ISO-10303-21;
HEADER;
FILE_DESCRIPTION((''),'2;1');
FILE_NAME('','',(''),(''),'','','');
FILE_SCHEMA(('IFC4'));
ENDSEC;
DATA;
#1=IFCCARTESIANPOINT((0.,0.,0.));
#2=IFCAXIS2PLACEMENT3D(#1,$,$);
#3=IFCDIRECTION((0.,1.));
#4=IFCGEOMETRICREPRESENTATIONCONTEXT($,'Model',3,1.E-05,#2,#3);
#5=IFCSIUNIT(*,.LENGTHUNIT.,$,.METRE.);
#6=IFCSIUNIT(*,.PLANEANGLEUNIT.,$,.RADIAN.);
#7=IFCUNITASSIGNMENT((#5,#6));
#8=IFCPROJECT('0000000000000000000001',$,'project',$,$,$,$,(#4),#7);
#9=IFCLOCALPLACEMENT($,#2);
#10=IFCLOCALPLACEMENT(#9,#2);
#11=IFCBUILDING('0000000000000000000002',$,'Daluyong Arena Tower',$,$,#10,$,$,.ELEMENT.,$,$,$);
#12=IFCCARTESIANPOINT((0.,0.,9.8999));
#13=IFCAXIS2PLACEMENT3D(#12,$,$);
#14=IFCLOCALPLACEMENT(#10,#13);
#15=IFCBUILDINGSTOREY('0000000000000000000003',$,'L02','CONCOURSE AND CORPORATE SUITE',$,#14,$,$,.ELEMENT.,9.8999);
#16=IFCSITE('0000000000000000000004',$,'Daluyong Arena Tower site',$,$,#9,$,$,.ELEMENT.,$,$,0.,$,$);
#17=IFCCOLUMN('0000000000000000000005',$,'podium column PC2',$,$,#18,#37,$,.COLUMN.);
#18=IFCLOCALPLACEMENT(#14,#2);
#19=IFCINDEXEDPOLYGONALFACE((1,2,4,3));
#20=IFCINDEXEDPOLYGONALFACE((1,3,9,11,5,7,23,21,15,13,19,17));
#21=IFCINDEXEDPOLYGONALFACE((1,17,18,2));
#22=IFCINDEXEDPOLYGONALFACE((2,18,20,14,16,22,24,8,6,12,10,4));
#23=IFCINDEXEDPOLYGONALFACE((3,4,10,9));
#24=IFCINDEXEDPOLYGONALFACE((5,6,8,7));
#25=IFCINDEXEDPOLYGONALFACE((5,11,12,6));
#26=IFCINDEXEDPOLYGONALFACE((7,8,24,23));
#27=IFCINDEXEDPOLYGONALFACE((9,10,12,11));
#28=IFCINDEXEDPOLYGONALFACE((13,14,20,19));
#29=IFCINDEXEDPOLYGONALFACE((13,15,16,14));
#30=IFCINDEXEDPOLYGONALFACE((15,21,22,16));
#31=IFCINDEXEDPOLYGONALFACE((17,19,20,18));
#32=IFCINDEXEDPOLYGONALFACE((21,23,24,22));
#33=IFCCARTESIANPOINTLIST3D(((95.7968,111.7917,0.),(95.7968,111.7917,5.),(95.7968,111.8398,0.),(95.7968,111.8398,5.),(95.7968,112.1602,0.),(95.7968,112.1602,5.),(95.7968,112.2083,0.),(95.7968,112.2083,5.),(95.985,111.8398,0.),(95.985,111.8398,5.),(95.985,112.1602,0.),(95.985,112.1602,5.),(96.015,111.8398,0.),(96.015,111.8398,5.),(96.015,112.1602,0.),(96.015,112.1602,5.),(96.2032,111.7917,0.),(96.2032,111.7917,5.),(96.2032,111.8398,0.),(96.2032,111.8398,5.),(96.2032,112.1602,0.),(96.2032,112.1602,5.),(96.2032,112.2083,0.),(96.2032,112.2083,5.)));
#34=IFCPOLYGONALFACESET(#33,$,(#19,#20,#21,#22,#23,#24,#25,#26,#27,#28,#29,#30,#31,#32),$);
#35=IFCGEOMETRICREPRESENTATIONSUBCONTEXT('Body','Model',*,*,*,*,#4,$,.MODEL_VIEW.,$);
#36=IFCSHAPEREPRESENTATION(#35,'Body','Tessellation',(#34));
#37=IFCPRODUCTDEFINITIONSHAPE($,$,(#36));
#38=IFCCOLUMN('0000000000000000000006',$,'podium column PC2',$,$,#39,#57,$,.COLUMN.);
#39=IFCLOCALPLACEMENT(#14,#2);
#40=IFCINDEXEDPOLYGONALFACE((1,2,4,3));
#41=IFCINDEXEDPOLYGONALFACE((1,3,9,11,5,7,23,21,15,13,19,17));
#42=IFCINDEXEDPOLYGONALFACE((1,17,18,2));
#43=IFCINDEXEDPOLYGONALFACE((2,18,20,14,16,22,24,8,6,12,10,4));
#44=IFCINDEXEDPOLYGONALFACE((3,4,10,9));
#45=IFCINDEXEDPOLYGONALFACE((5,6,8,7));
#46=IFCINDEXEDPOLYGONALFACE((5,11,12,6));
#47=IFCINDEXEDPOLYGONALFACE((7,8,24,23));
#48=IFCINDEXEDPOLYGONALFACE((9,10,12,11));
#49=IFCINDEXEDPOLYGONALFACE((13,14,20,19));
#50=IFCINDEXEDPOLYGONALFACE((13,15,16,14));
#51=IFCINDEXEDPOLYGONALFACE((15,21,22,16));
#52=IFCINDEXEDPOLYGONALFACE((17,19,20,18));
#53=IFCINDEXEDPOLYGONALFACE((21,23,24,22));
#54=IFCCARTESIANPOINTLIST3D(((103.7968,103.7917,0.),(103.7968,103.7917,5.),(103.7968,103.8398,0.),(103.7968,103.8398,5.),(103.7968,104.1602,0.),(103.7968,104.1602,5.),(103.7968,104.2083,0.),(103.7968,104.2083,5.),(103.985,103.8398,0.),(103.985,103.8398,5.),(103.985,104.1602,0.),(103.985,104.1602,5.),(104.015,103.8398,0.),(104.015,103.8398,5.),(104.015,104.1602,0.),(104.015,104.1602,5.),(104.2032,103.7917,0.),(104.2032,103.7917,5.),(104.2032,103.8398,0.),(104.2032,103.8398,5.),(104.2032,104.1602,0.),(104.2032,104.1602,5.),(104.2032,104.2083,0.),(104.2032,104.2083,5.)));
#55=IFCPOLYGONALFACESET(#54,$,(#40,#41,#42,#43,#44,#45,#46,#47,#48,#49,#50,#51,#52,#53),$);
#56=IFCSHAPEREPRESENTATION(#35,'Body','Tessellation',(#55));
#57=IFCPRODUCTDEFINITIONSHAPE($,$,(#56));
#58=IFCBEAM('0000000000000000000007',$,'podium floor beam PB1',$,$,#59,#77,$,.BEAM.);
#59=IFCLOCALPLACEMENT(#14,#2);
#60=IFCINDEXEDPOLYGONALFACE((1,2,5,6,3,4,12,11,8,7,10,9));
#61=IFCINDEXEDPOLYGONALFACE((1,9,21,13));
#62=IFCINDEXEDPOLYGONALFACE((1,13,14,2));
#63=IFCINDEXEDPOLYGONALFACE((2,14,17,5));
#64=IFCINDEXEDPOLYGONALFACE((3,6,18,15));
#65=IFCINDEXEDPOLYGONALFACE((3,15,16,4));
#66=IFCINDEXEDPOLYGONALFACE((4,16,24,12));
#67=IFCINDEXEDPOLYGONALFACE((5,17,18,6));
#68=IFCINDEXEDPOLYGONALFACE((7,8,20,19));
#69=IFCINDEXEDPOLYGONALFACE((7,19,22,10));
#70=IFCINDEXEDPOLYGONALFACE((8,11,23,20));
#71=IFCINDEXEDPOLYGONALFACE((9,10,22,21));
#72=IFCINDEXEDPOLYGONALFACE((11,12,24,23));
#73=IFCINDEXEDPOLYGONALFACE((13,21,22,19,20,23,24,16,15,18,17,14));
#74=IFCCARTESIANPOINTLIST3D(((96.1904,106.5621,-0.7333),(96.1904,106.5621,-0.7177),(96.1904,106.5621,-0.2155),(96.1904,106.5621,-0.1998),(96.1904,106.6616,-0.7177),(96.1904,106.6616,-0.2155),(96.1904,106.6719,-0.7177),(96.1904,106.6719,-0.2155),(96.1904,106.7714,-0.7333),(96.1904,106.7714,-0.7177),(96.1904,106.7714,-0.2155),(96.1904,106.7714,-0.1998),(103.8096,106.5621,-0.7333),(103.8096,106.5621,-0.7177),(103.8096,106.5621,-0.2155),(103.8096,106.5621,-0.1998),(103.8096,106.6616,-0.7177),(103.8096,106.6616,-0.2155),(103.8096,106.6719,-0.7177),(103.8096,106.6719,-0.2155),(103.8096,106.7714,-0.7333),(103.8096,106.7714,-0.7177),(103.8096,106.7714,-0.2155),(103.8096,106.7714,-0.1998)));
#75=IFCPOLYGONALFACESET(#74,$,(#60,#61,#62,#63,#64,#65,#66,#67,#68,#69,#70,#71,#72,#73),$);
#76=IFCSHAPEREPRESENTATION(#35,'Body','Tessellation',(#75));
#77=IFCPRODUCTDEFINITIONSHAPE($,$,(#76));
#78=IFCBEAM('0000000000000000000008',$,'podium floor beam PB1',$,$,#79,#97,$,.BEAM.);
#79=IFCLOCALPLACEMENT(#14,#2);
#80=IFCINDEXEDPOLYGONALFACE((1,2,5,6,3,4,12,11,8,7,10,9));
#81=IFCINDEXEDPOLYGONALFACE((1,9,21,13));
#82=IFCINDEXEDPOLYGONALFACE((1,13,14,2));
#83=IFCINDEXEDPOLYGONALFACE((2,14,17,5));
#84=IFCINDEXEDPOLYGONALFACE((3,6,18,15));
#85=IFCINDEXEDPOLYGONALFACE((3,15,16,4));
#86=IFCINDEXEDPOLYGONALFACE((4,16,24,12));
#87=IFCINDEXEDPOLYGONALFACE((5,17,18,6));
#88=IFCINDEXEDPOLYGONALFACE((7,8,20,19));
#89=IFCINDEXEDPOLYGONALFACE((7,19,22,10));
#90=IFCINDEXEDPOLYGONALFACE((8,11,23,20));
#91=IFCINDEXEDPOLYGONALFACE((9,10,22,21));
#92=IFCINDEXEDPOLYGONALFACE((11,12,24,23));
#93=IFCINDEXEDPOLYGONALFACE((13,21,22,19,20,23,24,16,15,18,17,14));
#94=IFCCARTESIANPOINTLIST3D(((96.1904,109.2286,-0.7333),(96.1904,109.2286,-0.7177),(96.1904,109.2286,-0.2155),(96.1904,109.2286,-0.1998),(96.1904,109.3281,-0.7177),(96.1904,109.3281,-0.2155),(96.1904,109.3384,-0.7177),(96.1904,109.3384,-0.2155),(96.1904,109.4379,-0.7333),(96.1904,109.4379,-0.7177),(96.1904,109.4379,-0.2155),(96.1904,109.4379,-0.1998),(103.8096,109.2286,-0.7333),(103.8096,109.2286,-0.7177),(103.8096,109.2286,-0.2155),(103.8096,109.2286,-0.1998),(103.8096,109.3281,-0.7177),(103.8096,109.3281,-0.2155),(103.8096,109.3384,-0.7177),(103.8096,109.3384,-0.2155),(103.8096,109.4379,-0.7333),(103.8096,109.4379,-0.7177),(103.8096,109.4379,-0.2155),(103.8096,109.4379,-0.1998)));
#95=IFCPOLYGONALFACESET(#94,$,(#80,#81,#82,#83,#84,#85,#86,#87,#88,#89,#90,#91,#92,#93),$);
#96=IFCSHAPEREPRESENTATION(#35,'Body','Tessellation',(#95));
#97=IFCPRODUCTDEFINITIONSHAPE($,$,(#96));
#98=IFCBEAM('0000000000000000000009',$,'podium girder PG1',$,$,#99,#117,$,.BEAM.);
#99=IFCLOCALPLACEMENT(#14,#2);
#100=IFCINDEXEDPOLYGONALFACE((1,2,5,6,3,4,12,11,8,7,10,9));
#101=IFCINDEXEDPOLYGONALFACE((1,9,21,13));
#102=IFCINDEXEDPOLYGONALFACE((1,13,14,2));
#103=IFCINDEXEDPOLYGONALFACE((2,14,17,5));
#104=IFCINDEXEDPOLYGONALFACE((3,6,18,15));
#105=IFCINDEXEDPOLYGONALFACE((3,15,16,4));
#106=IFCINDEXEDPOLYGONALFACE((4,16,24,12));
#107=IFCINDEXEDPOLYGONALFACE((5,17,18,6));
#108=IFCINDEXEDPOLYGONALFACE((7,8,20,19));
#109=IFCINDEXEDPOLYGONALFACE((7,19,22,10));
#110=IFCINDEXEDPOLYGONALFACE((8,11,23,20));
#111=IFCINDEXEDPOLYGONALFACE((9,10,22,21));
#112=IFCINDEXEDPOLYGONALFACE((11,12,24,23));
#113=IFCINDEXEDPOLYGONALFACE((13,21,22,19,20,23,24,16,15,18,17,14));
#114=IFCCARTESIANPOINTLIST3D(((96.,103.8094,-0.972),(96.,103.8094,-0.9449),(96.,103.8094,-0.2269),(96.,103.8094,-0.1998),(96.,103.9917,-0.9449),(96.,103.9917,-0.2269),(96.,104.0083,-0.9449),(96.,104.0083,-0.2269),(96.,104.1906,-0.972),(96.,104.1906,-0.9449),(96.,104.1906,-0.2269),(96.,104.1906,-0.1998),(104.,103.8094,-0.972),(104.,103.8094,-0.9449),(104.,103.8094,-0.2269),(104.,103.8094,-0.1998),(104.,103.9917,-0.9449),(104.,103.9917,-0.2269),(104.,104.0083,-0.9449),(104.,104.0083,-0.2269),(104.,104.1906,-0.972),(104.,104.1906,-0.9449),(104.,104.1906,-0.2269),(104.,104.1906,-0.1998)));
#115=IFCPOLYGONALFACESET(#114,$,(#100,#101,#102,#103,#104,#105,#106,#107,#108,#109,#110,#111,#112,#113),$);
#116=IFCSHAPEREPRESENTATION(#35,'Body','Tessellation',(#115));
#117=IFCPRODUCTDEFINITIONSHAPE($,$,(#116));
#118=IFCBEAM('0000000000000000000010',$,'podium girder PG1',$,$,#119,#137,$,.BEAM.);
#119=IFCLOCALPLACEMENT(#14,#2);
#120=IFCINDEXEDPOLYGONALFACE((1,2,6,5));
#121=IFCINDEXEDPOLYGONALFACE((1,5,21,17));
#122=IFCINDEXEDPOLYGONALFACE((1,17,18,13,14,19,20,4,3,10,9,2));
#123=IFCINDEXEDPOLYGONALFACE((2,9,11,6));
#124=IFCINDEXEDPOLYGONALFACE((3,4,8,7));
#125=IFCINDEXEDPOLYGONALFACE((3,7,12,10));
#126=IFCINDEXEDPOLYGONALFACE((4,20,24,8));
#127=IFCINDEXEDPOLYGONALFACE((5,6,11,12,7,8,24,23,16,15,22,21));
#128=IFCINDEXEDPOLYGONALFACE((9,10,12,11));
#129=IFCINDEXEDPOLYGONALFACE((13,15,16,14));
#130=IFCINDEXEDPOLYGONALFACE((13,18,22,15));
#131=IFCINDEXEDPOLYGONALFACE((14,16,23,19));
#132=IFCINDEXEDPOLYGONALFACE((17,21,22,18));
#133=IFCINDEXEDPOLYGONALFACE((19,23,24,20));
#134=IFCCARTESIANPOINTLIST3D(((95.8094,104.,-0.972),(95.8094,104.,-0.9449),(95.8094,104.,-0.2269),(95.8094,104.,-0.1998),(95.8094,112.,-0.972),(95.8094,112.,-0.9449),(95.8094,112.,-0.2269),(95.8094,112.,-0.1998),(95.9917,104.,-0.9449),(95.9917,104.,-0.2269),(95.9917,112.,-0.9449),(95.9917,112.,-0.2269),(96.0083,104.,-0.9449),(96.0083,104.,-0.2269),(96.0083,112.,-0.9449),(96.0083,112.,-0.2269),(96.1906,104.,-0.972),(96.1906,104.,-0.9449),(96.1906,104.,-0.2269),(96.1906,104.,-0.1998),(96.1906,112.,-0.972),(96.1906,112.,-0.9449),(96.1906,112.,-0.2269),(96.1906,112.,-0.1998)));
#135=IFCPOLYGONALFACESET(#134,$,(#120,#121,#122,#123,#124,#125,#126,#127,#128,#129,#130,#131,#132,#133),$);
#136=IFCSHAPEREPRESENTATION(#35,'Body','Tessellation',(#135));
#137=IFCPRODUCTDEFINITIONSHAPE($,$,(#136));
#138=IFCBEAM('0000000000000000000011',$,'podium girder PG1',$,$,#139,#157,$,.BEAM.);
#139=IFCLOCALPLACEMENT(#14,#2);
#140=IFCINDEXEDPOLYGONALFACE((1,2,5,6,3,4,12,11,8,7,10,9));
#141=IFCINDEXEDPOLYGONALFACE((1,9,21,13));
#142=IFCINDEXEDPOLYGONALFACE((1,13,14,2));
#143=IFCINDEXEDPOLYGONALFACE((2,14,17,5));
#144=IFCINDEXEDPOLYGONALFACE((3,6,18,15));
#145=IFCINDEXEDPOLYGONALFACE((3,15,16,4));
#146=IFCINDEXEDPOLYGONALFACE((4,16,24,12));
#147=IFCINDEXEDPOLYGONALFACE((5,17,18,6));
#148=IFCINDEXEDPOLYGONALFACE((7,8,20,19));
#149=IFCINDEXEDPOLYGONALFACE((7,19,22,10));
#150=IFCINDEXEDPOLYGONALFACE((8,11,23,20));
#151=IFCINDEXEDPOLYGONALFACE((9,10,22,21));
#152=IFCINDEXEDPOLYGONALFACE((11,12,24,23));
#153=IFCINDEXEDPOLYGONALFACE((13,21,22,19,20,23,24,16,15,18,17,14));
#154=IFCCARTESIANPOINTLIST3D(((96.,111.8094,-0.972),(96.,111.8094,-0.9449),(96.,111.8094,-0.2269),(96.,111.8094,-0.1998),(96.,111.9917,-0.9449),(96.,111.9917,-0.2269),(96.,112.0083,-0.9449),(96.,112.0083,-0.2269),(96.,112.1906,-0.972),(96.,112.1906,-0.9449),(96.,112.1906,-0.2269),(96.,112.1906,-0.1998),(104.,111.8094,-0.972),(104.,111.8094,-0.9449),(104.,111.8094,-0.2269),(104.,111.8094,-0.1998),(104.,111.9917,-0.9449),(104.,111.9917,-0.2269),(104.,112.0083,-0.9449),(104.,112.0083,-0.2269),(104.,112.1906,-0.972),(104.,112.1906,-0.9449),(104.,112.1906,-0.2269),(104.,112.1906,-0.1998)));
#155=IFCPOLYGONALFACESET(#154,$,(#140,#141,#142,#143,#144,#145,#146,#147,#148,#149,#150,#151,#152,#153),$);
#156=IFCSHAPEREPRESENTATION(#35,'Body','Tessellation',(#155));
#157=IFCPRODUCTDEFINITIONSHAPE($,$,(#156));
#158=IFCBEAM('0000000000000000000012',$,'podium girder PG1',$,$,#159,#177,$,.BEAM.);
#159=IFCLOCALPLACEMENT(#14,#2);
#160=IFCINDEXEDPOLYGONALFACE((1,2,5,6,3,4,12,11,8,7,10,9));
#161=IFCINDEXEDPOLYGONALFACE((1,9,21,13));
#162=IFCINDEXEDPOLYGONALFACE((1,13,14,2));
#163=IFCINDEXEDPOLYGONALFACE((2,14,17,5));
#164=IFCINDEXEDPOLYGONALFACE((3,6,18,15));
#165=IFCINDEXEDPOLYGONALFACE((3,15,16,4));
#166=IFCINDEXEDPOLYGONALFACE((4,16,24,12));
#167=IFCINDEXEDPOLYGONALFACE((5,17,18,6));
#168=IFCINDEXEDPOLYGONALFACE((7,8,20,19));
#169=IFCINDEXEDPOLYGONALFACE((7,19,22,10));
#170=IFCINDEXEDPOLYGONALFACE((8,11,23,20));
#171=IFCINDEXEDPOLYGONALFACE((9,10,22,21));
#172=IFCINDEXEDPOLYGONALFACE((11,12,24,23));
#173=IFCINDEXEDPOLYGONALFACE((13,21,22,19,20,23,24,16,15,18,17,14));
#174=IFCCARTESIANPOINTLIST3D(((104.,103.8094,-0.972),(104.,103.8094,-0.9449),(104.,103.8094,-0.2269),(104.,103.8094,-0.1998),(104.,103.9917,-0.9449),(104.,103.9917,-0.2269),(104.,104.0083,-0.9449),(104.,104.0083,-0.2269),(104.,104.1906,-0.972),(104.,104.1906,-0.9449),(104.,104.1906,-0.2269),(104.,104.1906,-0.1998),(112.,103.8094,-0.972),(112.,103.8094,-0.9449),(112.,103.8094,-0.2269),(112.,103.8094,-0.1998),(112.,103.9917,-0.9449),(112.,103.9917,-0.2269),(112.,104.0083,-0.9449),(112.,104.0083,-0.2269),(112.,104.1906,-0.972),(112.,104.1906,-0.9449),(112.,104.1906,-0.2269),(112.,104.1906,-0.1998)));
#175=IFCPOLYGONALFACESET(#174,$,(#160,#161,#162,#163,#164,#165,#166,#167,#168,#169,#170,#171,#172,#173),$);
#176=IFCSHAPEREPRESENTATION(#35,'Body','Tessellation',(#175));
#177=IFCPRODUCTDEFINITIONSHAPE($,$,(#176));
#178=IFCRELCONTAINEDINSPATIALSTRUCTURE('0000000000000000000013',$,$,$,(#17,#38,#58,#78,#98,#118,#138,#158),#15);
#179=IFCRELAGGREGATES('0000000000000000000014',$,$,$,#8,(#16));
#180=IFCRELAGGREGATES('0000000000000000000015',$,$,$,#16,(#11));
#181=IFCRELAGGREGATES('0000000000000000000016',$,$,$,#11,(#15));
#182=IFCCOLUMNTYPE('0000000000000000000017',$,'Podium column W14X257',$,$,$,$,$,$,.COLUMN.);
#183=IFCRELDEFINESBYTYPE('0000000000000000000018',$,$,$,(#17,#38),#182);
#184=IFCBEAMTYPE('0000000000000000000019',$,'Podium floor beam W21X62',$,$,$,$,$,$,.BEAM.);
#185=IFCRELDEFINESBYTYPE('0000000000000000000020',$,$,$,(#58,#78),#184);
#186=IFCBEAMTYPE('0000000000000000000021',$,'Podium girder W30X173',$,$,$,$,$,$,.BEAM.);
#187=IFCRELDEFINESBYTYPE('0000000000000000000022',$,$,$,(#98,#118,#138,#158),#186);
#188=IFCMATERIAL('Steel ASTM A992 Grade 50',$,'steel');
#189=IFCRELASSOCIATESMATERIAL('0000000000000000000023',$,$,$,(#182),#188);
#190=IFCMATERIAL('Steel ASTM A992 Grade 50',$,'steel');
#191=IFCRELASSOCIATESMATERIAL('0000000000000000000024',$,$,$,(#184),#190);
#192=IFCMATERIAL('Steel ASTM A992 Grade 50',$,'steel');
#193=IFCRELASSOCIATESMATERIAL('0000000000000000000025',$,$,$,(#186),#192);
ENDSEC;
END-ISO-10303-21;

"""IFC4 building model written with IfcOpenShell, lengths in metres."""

from ifc_helpers import new_model, si_unit, direction, frame, origin, origin_2d, place, context, subcontext, project, spatial, i_section, extrude, material, material_profile, profile_set, type_object, element, save


model = new_model("IFC4")

# Units and contexts
model_context = context("Model", 3, precision=1e-05, world=origin(), true_north=direction((0.0, 1.0)))
body_context = subcontext(model_context, "Body", "Model", "MODEL_VIEW")
ifc_project = project(units=[si_unit("LENGTHUNIT", "METRE"), si_unit("PLANEANGLEUNIT", "RADIAN")], contexts=[model_context])

# Site, building, storey
site_placement = place(None, origin())
site = spatial("IfcSite", under=ifc_project, at=site_placement, Name="Daluyong Arena Tower site", CompositionType="ELEMENT", RefElevation=0.0)
building_placement = place(site_placement, origin())
building = spatial("IfcBuilding", under=site, at=building_placement, Name="Daluyong Arena Tower", CompositionType="ELEMENT")
storey_placement = place(building_placement, frame((0.0, 0.0, 9.8999)))
storey = spatial("IfcBuildingStorey", under=building, at=storey_placement, Name="L02", Description="CONCOURSE AND CORPORATE SUITE", CompositionType="ELEMENT", Elevation=9.8999)

# Columns
ifc_material_1 = material(Name="Steel ASTM A992 Grade 50", Category="steel")
ifc_material_profile_1 = material_profile(ifc_material_1, i_section(OverallWidth=0.4065, OverallDepth=0.4165, WebThickness=0.03, FlangeThickness=0.0481, at=origin_2d()))
ifc_profile_set_1 = profile_set([ifc_material_profile_1], Name="Steel ASTM A992 Grade 50")
column_type = type_object("IfcColumnType", Name="Podium column W14X257", PredefinedType="COLUMN", material=ifc_profile_set_1)
for number, where, z_axis, x_axis, name in (
    (1, (96.0, 112.0, 0.0), (0.0, 0.0, 1.0), (1.0, 0.0, 0.0), "podium column PC2"),
    (2, (104.0, 104.0, 0.0), (0.0, 0.0, 1.0), (1.0, 0.0, 0.0), "podium column PC2"),
):
    element("IfcColumn", number, at=place(storey_placement, frame(where, z_axis=z_axis, x_axis=x_axis)), inside=storey, type_object=column_type, Name=name, PredefinedType="COLUMN", context=body_context, shape_type="SweptSolid", body=[
        extrude(i_section(OverallWidth=0.4065, OverallDepth=0.4165, WebThickness=0.03, FlangeThickness=0.0481, at=origin_2d()), origin(), (0.0, 0.0, 1.0), 5.0),
    ])

# Beams
ifc_material_2 = material(Name="Steel ASTM A992 Grade 50", Category="steel")
ifc_material_profile_2 = material_profile(ifc_material_2, i_section(OverallWidth=0.2092, OverallDepth=0.5334, WebThickness=0.0103, FlangeThickness=0.0156, at=origin_2d()))
ifc_profile_set_2 = profile_set([ifc_material_profile_2], Name="Steel ASTM A992 Grade 50")
beam_type_1 = type_object("IfcBeamType", Name="Podium floor beam W21X62", PredefinedType="BEAM", material=ifc_profile_set_2)
for number, where, z_axis, x_axis, name in (
    (3, (96.1904, 106.6667, -0.4666), (1.0, 0.0, 0.0), (0.0, 1.0, 0.0), "podium floor beam PB1"),
    (4, (96.1904, 109.3333, -0.4666), (1.0, 0.0, 0.0), (0.0, 1.0, 0.0), "podium floor beam PB1"),
):
    element("IfcBeam", number, at=place(storey_placement, frame(where, z_axis=z_axis, x_axis=x_axis)), inside=storey, type_object=beam_type_1, Name=name, PredefinedType="BEAM", context=body_context, shape_type="SweptSolid", body=[
        extrude(i_section(OverallWidth=0.2092, OverallDepth=0.5334, WebThickness=0.0103, FlangeThickness=0.0156, at=origin_2d()), origin(), (0.0, 0.0, 1.0), 7.6191),
    ])
ifc_material_3 = material(Name="Steel ASTM A992 Grade 50", Category="steel")
ifc_material_profile_3 = material_profile(ifc_material_3, i_section(OverallWidth=0.3811, OverallDepth=0.7722, WebThickness=0.0166, FlangeThickness=0.0271, at=origin_2d()))
ifc_profile_set_3 = profile_set([ifc_material_profile_3], Name="Steel ASTM A992 Grade 50")
beam_type_2 = type_object("IfcBeamType", Name="Podium girder W30X173", PredefinedType="BEAM", material=ifc_profile_set_3)
for number, where, z_axis, x_axis, name in (
    (5, (96.0, 104.0, -0.5859), (1.0, 0.0, 0.0), (0.0, 1.0, 0.0), "podium girder PG1"),
    (6, (96.0, 104.0, -0.5859), (0.0, 1.0, 0.0), (-1.0, 0.0, 0.0), "podium girder PG1"),
    (7, (96.0, 112.0, -0.5859), (1.0, 0.0, 0.0), (0.0, 1.0, 0.0), "podium girder PG1"),
    (8, (104.0, 104.0, -0.5859), (1.0, 0.0, 0.0), (0.0, 1.0, 0.0), "podium girder PG1"),
):
    element("IfcBeam", number, at=place(storey_placement, frame(where, z_axis=z_axis, x_axis=x_axis)), inside=storey, type_object=beam_type_2, Name=name, PredefinedType="BEAM", context=body_context, shape_type="SweptSolid", body=[
        extrude(i_section(OverallWidth=0.3811, OverallDepth=0.7722, WebThickness=0.0166, FlangeThickness=0.0271, at=origin_2d()), origin(), (0.0, 0.0, 1.0), 8.0),
    ])

save(model, "model.ifc")
